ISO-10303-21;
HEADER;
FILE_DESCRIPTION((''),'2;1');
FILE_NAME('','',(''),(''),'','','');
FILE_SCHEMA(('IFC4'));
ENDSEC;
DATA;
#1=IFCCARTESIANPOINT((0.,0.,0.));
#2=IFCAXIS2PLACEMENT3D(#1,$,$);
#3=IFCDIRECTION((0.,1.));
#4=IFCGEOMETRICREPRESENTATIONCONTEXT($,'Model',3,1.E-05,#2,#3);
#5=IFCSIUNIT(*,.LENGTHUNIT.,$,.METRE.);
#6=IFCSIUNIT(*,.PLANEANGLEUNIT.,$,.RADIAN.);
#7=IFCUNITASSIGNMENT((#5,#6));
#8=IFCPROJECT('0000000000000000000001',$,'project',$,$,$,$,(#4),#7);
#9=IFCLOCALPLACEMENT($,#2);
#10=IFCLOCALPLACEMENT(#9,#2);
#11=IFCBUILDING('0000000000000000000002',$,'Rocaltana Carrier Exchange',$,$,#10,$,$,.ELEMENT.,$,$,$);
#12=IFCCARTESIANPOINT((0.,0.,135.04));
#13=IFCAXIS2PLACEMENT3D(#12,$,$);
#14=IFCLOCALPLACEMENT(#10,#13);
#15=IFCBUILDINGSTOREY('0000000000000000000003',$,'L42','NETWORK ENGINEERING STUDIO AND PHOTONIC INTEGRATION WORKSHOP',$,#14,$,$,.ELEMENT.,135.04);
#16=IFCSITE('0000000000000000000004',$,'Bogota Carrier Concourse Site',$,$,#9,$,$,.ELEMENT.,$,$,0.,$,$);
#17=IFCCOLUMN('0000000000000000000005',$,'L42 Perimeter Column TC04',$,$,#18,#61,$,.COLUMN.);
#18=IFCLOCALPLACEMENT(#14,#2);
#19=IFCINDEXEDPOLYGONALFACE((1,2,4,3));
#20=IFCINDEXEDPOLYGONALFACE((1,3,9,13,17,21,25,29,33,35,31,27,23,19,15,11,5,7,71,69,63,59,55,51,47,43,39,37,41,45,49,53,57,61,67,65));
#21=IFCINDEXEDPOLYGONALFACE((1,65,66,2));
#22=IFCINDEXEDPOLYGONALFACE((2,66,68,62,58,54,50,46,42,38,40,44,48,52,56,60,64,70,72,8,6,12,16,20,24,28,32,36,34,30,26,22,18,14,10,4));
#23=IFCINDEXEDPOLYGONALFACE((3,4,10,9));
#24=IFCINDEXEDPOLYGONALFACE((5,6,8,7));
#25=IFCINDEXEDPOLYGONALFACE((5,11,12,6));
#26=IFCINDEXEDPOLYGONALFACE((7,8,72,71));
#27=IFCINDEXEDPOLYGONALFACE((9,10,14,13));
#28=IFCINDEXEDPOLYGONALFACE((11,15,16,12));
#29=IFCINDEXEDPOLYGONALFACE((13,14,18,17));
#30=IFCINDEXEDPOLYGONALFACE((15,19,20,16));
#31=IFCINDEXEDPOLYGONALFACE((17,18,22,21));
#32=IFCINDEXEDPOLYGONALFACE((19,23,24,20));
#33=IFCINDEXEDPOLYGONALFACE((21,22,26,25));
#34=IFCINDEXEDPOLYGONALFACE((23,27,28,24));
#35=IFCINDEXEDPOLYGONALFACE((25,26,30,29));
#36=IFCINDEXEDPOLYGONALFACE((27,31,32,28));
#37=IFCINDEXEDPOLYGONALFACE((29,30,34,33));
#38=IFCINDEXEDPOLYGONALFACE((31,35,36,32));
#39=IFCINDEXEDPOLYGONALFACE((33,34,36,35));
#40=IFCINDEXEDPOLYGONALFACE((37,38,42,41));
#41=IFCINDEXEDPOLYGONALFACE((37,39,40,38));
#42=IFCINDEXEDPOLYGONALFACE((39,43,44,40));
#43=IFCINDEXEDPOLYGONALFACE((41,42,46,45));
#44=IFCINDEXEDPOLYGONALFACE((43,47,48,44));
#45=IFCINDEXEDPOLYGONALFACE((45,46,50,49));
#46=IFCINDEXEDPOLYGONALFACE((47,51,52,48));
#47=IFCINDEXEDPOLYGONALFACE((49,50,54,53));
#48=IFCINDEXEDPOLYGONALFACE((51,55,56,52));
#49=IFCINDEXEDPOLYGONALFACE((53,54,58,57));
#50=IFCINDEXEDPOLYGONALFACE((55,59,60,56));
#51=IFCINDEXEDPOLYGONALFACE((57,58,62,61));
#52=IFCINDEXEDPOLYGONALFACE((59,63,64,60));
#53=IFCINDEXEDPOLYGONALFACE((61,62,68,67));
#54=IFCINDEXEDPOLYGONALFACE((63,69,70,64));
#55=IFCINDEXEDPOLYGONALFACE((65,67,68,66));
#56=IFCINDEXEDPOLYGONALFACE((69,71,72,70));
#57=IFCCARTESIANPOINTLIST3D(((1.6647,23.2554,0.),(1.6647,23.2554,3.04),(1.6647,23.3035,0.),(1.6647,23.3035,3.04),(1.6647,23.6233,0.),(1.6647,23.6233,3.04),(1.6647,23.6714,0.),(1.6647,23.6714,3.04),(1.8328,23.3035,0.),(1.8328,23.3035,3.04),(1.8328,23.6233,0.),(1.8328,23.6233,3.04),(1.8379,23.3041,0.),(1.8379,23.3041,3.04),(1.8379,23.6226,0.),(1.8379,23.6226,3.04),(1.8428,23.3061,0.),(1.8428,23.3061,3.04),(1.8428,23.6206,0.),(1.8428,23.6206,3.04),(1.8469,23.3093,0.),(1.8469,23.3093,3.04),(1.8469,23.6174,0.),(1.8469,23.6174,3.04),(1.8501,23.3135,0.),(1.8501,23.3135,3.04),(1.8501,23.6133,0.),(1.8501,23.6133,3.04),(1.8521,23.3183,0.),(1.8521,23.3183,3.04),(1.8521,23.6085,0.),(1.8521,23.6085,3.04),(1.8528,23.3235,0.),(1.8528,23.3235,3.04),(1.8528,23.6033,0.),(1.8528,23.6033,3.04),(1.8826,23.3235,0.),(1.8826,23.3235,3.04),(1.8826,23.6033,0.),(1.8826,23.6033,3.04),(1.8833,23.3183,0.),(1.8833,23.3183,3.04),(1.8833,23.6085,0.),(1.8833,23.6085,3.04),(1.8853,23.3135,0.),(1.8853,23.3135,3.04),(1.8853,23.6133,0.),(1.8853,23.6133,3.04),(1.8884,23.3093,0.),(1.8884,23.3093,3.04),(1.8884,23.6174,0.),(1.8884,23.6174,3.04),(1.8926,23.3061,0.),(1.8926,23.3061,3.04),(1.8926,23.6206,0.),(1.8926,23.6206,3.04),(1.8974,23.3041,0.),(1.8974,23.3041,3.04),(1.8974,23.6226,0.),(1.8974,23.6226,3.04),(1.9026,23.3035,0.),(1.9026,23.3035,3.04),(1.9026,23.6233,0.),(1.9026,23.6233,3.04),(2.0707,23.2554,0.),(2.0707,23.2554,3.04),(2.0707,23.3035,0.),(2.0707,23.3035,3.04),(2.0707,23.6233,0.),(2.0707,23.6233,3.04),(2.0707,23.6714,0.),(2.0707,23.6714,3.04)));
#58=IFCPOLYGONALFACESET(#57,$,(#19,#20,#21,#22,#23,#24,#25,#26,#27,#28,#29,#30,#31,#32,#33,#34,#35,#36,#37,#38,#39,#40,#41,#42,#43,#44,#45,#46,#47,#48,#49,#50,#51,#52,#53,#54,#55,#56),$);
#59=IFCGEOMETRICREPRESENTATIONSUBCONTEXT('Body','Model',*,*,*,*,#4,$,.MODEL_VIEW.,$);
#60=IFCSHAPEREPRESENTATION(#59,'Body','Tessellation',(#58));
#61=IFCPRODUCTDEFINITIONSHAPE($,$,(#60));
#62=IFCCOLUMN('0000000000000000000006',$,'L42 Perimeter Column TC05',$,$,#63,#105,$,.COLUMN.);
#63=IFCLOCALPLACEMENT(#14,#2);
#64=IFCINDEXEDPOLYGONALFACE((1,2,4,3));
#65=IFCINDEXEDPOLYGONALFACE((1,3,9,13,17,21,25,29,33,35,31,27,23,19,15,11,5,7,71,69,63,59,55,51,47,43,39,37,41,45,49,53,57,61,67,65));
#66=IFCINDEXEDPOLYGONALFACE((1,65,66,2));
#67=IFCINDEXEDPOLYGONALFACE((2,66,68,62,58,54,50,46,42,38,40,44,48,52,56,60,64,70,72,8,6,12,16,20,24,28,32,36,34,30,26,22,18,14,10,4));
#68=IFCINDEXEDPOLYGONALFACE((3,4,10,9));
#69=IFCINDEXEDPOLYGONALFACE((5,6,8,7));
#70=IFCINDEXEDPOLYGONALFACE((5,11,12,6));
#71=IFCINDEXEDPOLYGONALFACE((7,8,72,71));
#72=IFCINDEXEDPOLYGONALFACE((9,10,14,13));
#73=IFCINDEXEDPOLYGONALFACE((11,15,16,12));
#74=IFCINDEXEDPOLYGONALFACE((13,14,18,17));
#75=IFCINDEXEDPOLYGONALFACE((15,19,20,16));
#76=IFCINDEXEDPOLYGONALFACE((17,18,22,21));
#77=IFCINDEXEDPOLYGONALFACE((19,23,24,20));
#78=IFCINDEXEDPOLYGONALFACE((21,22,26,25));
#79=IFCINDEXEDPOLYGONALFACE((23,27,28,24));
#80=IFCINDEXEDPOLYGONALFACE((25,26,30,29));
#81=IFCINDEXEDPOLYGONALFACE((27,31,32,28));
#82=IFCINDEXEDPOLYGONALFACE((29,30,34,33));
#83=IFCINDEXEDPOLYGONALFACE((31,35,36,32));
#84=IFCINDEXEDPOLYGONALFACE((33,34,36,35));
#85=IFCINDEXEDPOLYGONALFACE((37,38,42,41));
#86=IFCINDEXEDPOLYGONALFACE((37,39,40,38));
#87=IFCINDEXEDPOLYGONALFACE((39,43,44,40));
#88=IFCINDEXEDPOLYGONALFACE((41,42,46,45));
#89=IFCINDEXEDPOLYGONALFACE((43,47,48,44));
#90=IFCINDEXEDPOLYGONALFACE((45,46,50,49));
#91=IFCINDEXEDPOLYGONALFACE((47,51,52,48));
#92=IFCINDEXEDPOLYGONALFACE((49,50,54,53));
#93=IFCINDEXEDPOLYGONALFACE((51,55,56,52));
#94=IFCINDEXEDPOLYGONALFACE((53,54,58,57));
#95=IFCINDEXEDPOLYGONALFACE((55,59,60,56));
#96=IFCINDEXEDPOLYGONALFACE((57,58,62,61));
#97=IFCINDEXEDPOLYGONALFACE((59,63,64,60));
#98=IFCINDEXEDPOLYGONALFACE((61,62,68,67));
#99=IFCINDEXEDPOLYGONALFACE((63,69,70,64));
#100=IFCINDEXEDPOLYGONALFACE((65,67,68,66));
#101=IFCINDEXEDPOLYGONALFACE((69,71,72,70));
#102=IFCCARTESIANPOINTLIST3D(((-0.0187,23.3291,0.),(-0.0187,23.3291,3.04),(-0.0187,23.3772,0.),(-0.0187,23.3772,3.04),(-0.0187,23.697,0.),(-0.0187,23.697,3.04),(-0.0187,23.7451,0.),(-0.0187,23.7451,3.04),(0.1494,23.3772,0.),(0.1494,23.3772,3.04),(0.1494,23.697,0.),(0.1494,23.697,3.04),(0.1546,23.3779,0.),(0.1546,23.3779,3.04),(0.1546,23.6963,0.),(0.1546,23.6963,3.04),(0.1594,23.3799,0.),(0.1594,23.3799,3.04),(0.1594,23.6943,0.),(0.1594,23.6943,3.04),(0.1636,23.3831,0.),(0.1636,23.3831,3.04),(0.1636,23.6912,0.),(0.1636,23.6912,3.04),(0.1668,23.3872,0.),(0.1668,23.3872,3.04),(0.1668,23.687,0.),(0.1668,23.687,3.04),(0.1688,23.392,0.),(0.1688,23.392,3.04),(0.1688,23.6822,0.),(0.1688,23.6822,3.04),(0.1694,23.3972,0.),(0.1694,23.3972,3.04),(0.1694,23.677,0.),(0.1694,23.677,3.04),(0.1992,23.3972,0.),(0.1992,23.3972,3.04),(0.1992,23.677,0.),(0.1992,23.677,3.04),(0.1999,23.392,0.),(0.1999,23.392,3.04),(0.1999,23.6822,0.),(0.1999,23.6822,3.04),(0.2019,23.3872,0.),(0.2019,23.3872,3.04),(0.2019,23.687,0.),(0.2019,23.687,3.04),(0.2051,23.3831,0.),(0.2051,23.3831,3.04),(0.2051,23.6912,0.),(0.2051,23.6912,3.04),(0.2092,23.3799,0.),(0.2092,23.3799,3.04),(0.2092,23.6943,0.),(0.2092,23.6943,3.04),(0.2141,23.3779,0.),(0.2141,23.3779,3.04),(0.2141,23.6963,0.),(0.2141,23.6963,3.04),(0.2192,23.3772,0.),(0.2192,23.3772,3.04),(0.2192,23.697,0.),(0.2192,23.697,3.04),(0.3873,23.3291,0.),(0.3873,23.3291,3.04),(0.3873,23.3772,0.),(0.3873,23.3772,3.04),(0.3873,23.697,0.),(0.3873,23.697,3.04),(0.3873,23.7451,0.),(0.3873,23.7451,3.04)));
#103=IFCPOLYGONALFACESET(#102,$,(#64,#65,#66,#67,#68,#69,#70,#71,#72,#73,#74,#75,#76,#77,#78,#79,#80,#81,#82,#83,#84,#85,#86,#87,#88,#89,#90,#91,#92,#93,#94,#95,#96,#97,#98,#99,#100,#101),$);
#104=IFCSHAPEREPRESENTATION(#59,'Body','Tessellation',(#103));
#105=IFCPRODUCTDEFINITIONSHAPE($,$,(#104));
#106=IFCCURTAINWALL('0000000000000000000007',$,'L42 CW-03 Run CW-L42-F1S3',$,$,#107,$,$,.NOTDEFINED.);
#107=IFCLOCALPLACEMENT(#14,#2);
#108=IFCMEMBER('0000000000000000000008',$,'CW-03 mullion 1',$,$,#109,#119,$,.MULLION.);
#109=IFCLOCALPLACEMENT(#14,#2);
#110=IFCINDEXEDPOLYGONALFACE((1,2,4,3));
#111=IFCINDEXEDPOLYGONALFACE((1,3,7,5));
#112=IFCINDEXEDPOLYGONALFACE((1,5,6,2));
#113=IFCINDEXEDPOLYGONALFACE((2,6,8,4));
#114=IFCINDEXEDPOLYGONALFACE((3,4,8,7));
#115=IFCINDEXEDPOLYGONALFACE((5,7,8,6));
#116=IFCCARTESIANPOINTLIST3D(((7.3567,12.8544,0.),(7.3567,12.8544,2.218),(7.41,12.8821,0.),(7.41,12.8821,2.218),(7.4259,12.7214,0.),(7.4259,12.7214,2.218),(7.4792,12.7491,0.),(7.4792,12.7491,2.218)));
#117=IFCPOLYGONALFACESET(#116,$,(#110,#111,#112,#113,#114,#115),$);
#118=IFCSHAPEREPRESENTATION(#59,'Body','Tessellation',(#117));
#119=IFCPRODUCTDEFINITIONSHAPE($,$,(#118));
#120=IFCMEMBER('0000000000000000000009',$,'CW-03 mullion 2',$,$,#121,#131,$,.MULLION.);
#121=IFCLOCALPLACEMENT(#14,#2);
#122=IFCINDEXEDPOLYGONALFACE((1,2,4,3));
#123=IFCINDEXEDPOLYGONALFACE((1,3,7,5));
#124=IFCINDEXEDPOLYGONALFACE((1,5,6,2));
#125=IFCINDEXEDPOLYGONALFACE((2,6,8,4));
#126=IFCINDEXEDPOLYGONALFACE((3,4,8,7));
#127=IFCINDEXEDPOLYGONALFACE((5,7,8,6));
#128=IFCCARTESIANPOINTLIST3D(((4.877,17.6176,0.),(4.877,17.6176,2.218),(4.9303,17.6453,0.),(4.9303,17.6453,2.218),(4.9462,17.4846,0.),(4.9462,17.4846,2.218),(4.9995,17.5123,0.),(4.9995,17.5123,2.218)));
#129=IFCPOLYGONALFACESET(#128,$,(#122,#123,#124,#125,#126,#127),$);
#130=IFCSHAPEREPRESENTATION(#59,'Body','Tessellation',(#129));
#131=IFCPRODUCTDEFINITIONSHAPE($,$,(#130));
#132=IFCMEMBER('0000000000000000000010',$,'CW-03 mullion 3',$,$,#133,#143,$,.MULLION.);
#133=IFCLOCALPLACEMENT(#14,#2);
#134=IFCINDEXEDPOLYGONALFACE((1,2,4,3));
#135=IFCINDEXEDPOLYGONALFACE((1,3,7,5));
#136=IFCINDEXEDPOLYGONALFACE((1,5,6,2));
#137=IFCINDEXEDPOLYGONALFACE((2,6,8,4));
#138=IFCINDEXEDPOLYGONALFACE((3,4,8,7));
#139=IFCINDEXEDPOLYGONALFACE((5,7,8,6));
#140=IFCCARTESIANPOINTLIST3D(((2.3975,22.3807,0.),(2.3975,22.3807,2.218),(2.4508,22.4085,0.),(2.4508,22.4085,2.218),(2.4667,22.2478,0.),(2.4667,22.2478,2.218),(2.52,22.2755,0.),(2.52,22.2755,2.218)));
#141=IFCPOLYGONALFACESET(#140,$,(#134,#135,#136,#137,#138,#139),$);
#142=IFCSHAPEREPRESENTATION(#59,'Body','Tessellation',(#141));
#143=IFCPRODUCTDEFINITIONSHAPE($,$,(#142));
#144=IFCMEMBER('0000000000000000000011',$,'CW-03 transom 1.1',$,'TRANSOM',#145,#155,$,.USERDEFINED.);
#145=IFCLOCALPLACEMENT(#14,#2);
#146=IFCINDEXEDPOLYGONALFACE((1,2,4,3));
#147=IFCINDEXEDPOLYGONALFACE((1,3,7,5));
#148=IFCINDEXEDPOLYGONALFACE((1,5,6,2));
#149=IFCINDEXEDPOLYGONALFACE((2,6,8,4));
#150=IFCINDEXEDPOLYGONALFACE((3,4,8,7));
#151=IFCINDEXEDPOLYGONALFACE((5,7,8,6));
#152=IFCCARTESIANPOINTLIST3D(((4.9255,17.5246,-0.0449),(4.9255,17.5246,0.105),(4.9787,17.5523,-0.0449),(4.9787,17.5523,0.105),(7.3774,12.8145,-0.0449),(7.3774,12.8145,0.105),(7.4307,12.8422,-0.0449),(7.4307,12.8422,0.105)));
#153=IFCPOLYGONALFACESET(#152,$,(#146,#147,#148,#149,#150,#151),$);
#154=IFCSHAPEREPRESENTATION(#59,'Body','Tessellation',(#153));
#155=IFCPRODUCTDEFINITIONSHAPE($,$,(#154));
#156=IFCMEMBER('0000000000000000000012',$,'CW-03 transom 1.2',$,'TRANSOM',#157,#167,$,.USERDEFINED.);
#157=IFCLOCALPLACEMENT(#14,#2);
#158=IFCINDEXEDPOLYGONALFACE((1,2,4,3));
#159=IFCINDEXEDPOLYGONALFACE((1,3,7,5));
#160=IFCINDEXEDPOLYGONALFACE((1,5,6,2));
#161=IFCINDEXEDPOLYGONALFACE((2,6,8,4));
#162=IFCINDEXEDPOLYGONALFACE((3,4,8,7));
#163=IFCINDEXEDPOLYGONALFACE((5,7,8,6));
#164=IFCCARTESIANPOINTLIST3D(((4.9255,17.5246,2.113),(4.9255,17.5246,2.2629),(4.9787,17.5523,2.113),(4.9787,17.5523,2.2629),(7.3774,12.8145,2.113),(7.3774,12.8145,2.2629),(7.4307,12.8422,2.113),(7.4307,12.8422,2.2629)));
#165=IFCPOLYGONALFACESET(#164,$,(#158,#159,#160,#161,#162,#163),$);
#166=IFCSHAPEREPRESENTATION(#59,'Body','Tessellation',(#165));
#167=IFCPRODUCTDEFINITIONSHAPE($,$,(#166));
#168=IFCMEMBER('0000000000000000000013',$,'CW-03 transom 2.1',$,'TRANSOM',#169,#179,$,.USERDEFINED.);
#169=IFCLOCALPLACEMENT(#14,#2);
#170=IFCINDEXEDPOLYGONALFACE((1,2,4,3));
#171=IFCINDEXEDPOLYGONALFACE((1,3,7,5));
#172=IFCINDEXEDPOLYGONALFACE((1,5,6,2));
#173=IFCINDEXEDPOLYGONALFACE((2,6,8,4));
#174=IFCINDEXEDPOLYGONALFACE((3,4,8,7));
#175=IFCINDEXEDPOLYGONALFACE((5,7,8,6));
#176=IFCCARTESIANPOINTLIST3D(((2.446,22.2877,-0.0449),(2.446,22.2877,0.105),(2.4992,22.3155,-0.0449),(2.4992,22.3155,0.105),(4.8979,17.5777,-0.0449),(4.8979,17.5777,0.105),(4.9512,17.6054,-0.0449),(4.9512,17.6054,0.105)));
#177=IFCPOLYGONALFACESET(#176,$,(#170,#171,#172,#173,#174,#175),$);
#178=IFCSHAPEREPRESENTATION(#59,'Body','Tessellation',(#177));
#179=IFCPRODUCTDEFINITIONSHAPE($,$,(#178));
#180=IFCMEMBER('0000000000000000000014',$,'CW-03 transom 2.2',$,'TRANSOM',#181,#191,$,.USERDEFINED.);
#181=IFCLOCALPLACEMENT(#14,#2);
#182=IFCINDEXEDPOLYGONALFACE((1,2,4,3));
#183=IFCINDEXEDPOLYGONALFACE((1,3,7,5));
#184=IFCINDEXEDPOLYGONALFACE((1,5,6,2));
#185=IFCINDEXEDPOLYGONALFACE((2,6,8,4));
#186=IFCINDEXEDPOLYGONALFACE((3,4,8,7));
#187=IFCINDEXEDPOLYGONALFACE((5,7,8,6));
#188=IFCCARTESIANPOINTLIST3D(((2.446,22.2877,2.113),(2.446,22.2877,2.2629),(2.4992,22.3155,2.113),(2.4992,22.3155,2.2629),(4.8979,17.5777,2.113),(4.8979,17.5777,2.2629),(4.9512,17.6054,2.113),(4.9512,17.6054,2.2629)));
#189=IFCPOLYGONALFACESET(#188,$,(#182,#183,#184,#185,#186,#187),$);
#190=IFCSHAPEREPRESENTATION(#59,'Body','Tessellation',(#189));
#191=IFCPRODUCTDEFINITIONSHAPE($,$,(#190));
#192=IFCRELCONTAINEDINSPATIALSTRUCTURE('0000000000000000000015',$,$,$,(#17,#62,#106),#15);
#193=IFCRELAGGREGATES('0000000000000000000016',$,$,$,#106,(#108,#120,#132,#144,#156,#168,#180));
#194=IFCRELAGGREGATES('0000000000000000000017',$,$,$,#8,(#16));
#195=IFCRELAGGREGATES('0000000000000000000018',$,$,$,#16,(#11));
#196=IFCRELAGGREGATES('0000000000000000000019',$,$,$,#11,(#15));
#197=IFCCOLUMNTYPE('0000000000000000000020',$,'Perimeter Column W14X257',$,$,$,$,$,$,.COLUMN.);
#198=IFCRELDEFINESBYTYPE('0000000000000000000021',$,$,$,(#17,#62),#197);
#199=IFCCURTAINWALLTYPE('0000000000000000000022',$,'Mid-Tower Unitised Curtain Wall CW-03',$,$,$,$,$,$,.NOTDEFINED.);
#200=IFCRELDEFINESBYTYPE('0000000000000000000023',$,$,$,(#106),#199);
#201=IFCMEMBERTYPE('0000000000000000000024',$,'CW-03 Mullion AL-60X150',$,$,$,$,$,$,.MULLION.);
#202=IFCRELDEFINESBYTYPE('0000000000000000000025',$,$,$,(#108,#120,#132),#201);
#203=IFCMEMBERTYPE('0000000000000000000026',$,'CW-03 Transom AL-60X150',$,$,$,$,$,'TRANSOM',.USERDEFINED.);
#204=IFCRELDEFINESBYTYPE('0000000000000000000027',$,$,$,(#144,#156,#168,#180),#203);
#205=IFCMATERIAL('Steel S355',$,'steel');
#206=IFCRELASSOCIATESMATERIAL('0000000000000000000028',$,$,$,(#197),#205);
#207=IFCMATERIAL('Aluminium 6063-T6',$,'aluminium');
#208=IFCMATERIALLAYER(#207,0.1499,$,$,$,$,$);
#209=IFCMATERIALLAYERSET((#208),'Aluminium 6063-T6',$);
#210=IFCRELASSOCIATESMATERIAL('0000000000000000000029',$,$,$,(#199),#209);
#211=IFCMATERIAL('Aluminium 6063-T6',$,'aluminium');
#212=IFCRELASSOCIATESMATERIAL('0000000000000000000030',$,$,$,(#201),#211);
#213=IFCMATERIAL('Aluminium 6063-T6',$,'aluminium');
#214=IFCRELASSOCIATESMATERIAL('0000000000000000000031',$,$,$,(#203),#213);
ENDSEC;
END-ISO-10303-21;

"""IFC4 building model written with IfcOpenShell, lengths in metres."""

from ifc_helpers import new_model, si_unit, direction, frame, origin, origin_2d, place, context, subcontext, project, spatial, rectangle, i_section, extrude, material, layer, layer_set, material_profile, profile_set, type_object, element, aggregate, save


model = new_model("IFC4")

# Units and contexts
model_context = context("Model", 3, precision=1e-05, world=origin(), true_north=direction((0.0, 1.0)))
body_context = subcontext(model_context, "Body", "Model", "MODEL_VIEW")
ifc_project = project(units=[si_unit("LENGTHUNIT", "METRE"), si_unit("PLANEANGLEUNIT", "RADIAN")], contexts=[model_context])

# Site, building, storey
site_placement = place(None, origin())
site = spatial("IfcSite", under=ifc_project, at=site_placement, Name="Bogota Carrier Concourse Site", CompositionType="ELEMENT", RefElevation=0.0)
building_placement = place(site_placement, origin())
building = spatial("IfcBuilding", under=site, at=building_placement, Name="Rocaltana Carrier Exchange", CompositionType="ELEMENT")
storey_placement = place(building_placement, frame((0.0, 0.0, 135.04)))
storey = spatial("IfcBuildingStorey", under=building, at=storey_placement, Name="L42", Description="NETWORK ENGINEERING STUDIO AND PHOTONIC INTEGRATION WORKSHOP", CompositionType="ELEMENT", Elevation=135.04)

# Columns
ifc_material_1 = material(Name="Steel S355", Category="steel")
ifc_material_profile_1 = material_profile(ifc_material_1, i_section(OverallWidth=0.406, OverallDepth=0.416, WebThickness=0.0298, FlangeThickness=0.0481, FilletRadius=0.02, at=origin_2d()), Name="W14X257")
ifc_profile_set_1 = profile_set([ifc_material_profile_1], Name="Steel S355")
column_type = type_object("IfcColumnType", Name="Perimeter Column W14X257", PredefinedType="COLUMN", material=ifc_profile_set_1)
for number, where, z_axis, x_axis, name in (
    (1, (1.8677, 23.4634, 0.0), (0.0, 0.0, 1.0), (1.0, 0.0, 0.0), "L42 Perimeter Column TC04"),
    (2, (0.1843, 23.5371, 0.0), (0.0, 0.0, 1.0), (1.0, 0.0, 0.0), "L42 Perimeter Column TC05"),
):
    element("IfcColumn", number, at=place(storey_placement, frame(where, z_axis=z_axis, x_axis=x_axis)), inside=storey, type_object=column_type, Name=name, PredefinedType="COLUMN", context=body_context, shape_type="SweptSolid", body=[
        extrude(i_section(OverallWidth=0.406, OverallDepth=0.416, WebThickness=0.0298, FlangeThickness=0.0481, FilletRadius=0.02, at=origin_2d()), origin(), (0.0, 0.0, 1.0), 3.04),
    ])

# Curtain wall, members
ifc_material_2 = material(Name="Aluminium 6063-T6", Category="aluminium")
ifc_layer_1 = layer(ifc_material_2, 0.1499)
ifc_layer_set_1 = layer_set([ifc_layer_1], Name="Aluminium 6063-T6")
curtain_wall_type = type_object("IfcCurtainWallType", Name="Mid-Tower Unitised Curtain Wall CW-03", PredefinedType="NOTDEFINED", material=ifc_layer_set_1)
curtain_wall_placement = place(storey_placement, origin())
curtain_wall = element("IfcCurtainWall", 3, at=curtain_wall_placement, inside=storey, type_object=curtain_wall_type, Name="L42 CW-03 Run CW-L42-F1S3", PredefinedType="NOTDEFINED")
ifc_material_3 = material(Name="Aluminium 6063-T6", Category="aluminium")
ifc_material_profile_2 = material_profile(ifc_material_3, rectangle(XDim=0.0601, YDim=0.1499, at=origin_2d()), Name="AL-60X150")
ifc_profile_set_2 = profile_set([ifc_material_profile_2], Name="Aluminium 6063-T6")
member_type_1 = type_object("IfcMemberType", Name="CW-03 Mullion AL-60X150", PredefinedType="MULLION", material=ifc_profile_set_2)
member_1_placement = place(storey_placement, frame((7.418, 12.8018, 0.0), z_axis=(0.0, 0.0, 1.0), x_axis=(-0.887008, -0.461754, 0.0)))
member_1 = element("IfcMember", 4, at=member_1_placement, type_object=member_type_1, Name="CW-03 mullion 1", PredefinedType="MULLION", context=body_context, shape_type="SweptSolid", body=[
    extrude(rectangle(XDim=0.0601, YDim=0.1499, at=origin_2d()), origin(), (0.0, 0.0, 1.0), 2.218),
])
member_2_placement = place(storey_placement, frame((4.9382, 17.5649, 0.0), z_axis=(0.0, 0.0, 1.0), x_axis=(-0.887008, -0.461754, 0.0)))
member_2 = element("IfcMember", 5, at=member_2_placement, type_object=member_type_1, Name="CW-03 mullion 2", PredefinedType="MULLION", context=body_context, shape_type="SweptSolid", body=[
    extrude(rectangle(XDim=0.0601, YDim=0.1499, at=origin_2d()), origin(), (0.0, 0.0, 1.0), 2.218),
])
member_3_placement = place(storey_placement, frame((2.4587, 22.3281, 0.0), z_axis=(0.0, 0.0, 1.0), x_axis=(-0.887008, -0.461754, 0.0)))
member_3 = element("IfcMember", 6, at=member_3_placement, type_object=member_type_1, Name="CW-03 mullion 3", PredefinedType="MULLION", context=body_context, shape_type="SweptSolid", body=[
    extrude(rectangle(XDim=0.0601, YDim=0.1499, at=origin_2d()), origin(), (0.0, 0.0, 1.0), 2.218),
])
ifc_material_4 = material(Name="Aluminium 6063-T6", Category="aluminium")
ifc_material_profile_3 = material_profile(ifc_material_4, rectangle(XDim=0.0601, YDim=0.1499, at=origin_2d()), Name="AL-60X150")
ifc_profile_set_3 = profile_set([ifc_material_profile_3], Name="Aluminium 6063-T6")
member_type_2 = type_object("IfcMemberType", Name="CW-03 Transom AL-60X150", ElementType="TRANSOM", PredefinedType="USERDEFINED", material=ifc_profile_set_3)
member_4_placement = place(storey_placement, frame((7.4041, 12.8284, 0.03), z_axis=(-0.461757, 0.887007, 0.0), x_axis=(-0.887007, -0.461757, 0.0)))
member_4 = element("IfcMember", 7, at=member_4_placement, type_object=member_type_2, Name="CW-03 transom 1.1", ObjectType="TRANSOM", PredefinedType="USERDEFINED", context=body_context, shape_type="SweptSolid", body=[
    extrude(rectangle(XDim=0.0601, YDim=0.1499, at=origin_2d()), origin(), (0.0, 0.0, 1.0), 5.3101),
])
member_5_placement = place(storey_placement, frame((7.4041, 12.8284, 2.188), z_axis=(-0.461757, 0.887007, 0.0), x_axis=(-0.887007, -0.461757, 0.0)))
member_5 = element("IfcMember", 8, at=member_5_placement, type_object=member_type_2, Name="CW-03 transom 1.2", ObjectType="TRANSOM", PredefinedType="USERDEFINED", context=body_context, shape_type="SweptSolid", body=[
    extrude(rectangle(XDim=0.0601, YDim=0.1499, at=origin_2d()), origin(), (0.0, 0.0, 1.0), 5.3101),
])
member_6_placement = place(storey_placement, frame((4.9246, 17.5916, 0.03), z_axis=(-0.461757, 0.887007, 0.0), x_axis=(-0.887007, -0.461757, 0.0)))
member_6 = element("IfcMember", 9, at=member_6_placement, type_object=member_type_2, Name="CW-03 transom 2.1", ObjectType="TRANSOM", PredefinedType="USERDEFINED", context=body_context, shape_type="SweptSolid", body=[
    extrude(rectangle(XDim=0.0601, YDim=0.1499, at=origin_2d()), origin(), (0.0, 0.0, 1.0), 5.3101),
])
member_7_placement = place(storey_placement, frame((4.9246, 17.5916, 2.188), z_axis=(-0.461757, 0.887007, 0.0), x_axis=(-0.887007, -0.461757, 0.0)))
member_7 = element("IfcMember", 10, at=member_7_placement, type_object=member_type_2, Name="CW-03 transom 2.2", ObjectType="TRANSOM", PredefinedType="USERDEFINED", context=body_context, shape_type="SweptSolid", body=[
    extrude(rectangle(XDim=0.0601, YDim=0.1499, at=origin_2d()), origin(), (0.0, 0.0, 1.0), 5.3101),
])

aggregate(curtain_wall, [member_1, member_2, member_3, member_4, member_5, member_6, member_7])

save(model, "model.ifc")
